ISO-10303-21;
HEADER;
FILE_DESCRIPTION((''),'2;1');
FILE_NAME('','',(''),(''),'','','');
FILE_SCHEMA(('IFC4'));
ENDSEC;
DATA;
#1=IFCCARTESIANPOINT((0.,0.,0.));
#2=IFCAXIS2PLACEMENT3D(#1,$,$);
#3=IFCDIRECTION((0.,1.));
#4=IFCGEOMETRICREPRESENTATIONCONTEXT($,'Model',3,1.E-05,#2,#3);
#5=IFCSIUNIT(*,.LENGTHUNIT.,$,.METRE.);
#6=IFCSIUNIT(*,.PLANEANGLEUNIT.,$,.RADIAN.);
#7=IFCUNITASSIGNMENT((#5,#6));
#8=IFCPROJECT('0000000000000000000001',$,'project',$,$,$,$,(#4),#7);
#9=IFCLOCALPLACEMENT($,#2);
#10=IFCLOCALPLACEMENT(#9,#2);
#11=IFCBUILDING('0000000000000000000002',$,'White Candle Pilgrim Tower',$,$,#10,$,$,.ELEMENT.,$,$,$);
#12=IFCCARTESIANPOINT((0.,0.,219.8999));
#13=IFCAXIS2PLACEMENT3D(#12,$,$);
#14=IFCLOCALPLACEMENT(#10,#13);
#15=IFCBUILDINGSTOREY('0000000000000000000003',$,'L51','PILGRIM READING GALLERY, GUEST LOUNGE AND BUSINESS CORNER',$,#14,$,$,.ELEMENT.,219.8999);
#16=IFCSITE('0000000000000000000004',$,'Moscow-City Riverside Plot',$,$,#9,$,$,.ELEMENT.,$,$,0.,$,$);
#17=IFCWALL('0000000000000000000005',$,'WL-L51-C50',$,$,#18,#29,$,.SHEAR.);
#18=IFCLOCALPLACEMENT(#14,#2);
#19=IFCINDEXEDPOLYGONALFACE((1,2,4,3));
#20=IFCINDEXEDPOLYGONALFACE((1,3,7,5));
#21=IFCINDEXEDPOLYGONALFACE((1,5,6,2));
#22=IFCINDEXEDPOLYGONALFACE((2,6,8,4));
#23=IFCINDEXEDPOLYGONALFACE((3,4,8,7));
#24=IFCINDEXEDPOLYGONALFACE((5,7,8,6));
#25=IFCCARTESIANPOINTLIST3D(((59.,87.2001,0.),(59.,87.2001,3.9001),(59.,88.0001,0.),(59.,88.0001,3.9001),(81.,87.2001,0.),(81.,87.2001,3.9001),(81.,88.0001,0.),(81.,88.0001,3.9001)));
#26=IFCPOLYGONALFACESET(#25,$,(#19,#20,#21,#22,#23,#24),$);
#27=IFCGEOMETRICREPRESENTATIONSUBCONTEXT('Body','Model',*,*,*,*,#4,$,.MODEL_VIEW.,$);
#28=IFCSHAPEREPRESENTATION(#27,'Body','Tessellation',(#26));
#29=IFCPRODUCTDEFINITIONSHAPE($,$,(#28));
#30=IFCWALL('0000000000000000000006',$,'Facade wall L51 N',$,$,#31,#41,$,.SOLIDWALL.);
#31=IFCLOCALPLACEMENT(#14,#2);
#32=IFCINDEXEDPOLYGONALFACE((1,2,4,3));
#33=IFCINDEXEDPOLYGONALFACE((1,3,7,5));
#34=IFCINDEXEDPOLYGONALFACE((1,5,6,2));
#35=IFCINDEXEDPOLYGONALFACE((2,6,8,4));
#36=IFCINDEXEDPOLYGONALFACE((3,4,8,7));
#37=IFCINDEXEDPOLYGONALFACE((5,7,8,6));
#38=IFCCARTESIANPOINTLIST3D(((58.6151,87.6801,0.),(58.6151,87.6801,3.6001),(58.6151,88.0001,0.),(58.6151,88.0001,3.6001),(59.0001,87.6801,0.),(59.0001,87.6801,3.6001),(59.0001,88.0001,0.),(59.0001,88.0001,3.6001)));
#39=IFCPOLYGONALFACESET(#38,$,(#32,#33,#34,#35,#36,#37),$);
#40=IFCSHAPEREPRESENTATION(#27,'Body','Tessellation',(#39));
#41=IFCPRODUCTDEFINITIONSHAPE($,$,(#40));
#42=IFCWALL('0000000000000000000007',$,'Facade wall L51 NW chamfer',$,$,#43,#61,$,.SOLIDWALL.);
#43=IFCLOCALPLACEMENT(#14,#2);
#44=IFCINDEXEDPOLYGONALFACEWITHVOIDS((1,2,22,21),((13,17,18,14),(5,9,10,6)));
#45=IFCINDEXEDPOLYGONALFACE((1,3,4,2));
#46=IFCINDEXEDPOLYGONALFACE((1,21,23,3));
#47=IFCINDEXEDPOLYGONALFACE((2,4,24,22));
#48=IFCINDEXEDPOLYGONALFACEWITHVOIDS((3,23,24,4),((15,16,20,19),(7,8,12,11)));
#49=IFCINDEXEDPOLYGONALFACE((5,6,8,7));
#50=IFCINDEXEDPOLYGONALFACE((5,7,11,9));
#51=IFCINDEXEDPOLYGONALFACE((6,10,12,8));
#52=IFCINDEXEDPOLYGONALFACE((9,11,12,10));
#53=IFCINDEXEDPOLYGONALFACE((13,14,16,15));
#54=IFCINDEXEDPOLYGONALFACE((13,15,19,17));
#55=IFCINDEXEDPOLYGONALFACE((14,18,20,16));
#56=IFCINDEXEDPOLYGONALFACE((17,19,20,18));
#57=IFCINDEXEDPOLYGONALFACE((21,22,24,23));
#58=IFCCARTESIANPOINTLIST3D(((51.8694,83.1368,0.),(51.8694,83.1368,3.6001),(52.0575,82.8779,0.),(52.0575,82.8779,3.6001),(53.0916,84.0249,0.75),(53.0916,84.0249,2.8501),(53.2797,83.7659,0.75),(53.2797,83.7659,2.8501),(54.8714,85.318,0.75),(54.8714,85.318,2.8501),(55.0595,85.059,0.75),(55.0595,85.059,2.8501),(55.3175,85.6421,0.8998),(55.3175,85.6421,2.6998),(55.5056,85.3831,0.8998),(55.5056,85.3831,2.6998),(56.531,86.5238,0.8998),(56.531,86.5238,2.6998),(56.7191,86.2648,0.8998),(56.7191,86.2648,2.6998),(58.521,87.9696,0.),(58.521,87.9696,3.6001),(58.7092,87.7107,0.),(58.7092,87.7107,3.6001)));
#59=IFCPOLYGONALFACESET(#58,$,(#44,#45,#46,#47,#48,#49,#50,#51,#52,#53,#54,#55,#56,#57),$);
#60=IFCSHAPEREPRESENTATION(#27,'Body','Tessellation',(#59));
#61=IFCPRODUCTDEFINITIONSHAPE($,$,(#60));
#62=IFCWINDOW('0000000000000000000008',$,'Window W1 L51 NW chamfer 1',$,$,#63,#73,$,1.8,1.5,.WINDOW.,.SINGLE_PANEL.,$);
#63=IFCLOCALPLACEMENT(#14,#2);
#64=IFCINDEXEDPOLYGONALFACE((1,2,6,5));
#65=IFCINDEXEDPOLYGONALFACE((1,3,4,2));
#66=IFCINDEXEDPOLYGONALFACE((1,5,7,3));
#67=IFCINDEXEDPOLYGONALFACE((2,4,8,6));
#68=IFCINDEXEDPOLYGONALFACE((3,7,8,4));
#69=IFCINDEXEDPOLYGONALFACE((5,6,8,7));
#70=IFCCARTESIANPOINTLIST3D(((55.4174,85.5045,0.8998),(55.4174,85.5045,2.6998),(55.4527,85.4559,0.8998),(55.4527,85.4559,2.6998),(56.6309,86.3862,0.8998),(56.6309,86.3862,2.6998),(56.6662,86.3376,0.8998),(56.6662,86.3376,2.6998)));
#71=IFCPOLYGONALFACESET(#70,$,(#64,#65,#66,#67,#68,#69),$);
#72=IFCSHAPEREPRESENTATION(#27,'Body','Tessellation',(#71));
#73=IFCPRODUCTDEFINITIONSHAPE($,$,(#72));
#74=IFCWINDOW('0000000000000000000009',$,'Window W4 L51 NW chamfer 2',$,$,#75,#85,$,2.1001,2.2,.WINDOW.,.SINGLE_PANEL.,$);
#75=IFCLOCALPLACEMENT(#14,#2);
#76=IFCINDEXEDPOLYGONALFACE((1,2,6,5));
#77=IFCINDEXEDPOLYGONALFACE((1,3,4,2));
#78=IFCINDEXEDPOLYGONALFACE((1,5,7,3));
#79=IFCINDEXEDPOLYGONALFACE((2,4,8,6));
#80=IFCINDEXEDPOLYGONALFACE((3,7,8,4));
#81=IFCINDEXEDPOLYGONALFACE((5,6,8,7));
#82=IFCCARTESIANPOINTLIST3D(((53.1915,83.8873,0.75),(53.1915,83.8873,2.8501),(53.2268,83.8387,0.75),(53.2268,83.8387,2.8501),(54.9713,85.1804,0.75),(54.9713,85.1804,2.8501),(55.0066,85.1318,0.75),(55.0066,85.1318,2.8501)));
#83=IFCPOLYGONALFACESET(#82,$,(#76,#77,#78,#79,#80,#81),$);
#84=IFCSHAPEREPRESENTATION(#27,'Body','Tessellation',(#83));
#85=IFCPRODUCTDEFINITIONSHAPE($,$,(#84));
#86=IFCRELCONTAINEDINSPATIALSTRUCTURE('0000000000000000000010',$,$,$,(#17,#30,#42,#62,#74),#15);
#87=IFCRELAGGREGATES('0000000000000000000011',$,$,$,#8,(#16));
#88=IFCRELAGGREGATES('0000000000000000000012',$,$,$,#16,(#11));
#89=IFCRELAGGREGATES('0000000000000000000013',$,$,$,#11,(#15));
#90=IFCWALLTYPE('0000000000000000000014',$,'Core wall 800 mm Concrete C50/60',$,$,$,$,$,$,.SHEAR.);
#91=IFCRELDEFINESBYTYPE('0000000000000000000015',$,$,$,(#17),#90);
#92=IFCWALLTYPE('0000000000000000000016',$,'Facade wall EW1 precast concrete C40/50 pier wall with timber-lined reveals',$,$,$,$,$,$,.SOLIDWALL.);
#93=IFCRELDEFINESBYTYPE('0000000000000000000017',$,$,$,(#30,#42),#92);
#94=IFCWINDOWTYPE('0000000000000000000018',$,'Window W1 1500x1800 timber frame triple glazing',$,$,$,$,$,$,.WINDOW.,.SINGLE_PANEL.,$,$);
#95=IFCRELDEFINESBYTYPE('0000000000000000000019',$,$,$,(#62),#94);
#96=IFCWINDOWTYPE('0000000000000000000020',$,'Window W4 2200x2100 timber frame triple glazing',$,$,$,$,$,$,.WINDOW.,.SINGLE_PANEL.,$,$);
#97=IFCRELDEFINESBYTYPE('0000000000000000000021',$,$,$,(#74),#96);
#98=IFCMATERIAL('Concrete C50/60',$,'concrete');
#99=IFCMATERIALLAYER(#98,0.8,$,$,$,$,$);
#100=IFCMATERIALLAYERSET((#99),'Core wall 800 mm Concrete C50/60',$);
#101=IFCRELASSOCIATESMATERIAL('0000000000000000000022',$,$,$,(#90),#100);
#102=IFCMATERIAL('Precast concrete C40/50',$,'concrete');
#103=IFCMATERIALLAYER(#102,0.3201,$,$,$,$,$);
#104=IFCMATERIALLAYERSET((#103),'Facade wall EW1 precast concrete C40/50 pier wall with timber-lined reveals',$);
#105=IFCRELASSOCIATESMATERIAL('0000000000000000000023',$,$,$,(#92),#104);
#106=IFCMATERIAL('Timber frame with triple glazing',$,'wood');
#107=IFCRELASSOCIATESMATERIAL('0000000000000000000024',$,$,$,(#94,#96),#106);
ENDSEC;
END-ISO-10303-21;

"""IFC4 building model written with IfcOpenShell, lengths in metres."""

from ifc_helpers import new_model, si_unit, direction, frame, frame_2d, origin, place, context, subcontext, project, spatial, rectangle, extrude, material, layer, layer_set, type_object, element, fill, save


model = new_model("IFC4")

# Units and contexts
model_context = context("Model", 3, precision=1e-05, world=origin(), true_north=direction((0.0, 1.0)))
body_context = subcontext(model_context, "Body", "Model", "MODEL_VIEW")
ifc_project = project(units=[si_unit("LENGTHUNIT", "METRE"), si_unit("PLANEANGLEUNIT", "RADIAN")], contexts=[model_context])

# Site, building, storey
site_placement = place(None, origin())
site = spatial("IfcSite", under=ifc_project, at=site_placement, Name="Moscow-City Riverside Plot", CompositionType="ELEMENT", RefElevation=0.0)
building_placement = place(site_placement, origin())
building = spatial("IfcBuilding", under=site, at=building_placement, Name="White Candle Pilgrim Tower", CompositionType="ELEMENT")
storey_placement = place(building_placement, frame((0.0, 0.0, 219.8999)))
storey = spatial("IfcBuildingStorey", under=building, at=storey_placement, Name="L51", Description="PILGRIM READING GALLERY, GUEST LOUNGE AND BUSINESS CORNER", CompositionType="ELEMENT", Elevation=219.8999)

# Shared definitions
ifc_material_1 = material(Name="Concrete C50/60", Category="concrete")

# Shared definitions
ifc_layer_1 = layer(ifc_material_1, 0.8)
ifc_layer_set_1 = layer_set([ifc_layer_1], Name="Core wall 800 mm Concrete C50/60")
wall_type_1 = type_object("IfcWallType", Name="Core wall 800 mm Concrete C50/60", PredefinedType="SHEAR", material=ifc_layer_set_1)

# Walls
wall_1_placement = place(storey_placement, frame((59.0, 87.6001, 0.0), z_axis=(0.0, 0.0, 1.0), x_axis=(1.0, 0.0, 0.0)))
element("IfcWall", 1, at=wall_1_placement, inside=storey, type_object=wall_type_1, Name="WL-L51-C50", PredefinedType="SHEAR", context=body_context, shape_type="SweptSolid", body=[
    extrude(rectangle(XDim=22.0, YDim=0.8, at=frame_2d((11.0, 0.0))), origin(), (0.0, 0.0, 1.0), 3.9001),
])
ifc_material_2 = material(Name="Precast concrete C40/50", Category="concrete")
ifc_layer_2 = layer(ifc_material_2, 0.3201)
ifc_layer_set_2 = layer_set([ifc_layer_2], Name="Facade wall EW1 precast concrete C40/50 pier wall with timber-lined reveals")
wall_type_2 = type_object("IfcWallType", Name="Facade wall EW1 precast concrete C40/50 pier wall with timber-lined reveals", PredefinedType="SOLIDWALL", material=ifc_layer_set_2)
wall_2_placement = place(storey_placement, frame((59.0, 87.8401, 0.0), z_axis=(0.0, 0.0, 1.0), x_axis=(-1.0, 0.0, 0.0)))
element("IfcWall", 2, at=wall_2_placement, inside=storey, type_object=wall_type_2, Name="Facade wall L51 N", PredefinedType="SOLIDWALL", context=body_context, shape_type="SweptSolid", body=[
    extrude(rectangle(XDim=0.385, YDim=0.3201, at=frame_2d((0.1924, 0.0))), origin(), (0.0, 0.0, 1.0), 3.6001),
])

# Wall, openings, windows
wall_3_placement = place(storey_placement, frame((58.615, 87.8401, 0.0), z_axis=(0.0, 0.0, 1.0), x_axis=(-0.809012, -0.587792, 0.0)))
wall_3 = element("IfcWall", 3, at=wall_3_placement, inside=storey, type_object=wall_type_2, Name="Facade wall L51 NW chamfer", PredefinedType="SOLIDWALL", context=body_context, shape_type="SweptSolid", body=[
    extrude(rectangle(XDim=8.2219, YDim=0.3201, at=frame_2d((4.1108, 0.0))), origin(), (0.0, 0.0, 1.0), 3.6001),
])
opening_1_placement = place(wall_3_placement, frame((2.4597, 0.0, 0.8999)))
opening_1 = element("IfcOpeningElement", 4, at=opening_1_placement, cuts=wall_3, PredefinedType="OPENING", context=body_context, shape_type="SweptSolid", body=[
    extrude(rectangle(XDim=1.5, YDim=1.8, at=frame_2d((0.75, 0.8999))), frame((0.0, 0.1699, 0.0), z_axis=(0.0, -1.0, 0.0), x_axis=(1.0, 0.0, 0.0)), (0.0, 0.0, 1.0), 0.3401),
])
opening_2_placement = place(wall_3_placement, frame((4.511, 0.0, 0.75)))
opening_2 = element("IfcOpeningElement", 5, at=opening_2_placement, cuts=wall_3, PredefinedType="OPENING", context=body_context, shape_type="SweptSolid", body=[
    extrude(rectangle(XDim=2.2, YDim=2.1001, at=frame_2d((1.1001, 1.05))), frame((0.0, 0.1699, 0.0), z_axis=(0.0, -1.0, 0.0), x_axis=(1.0, 0.0, 0.0)), (0.0, 0.0, 1.0), 0.3401),
])
ifc_material_3 = material(Name="Timber frame with triple glazing", Category="wood")
window_type_1 = type_object("IfcWindowType", Name="Window W1 1500x1800 timber frame triple glazing", PartitioningType="SINGLE_PANEL", PredefinedType="WINDOW", material=ifc_material_3)
window_1_placement = place(opening_1_placement, origin())
window_1 = element("IfcWindow", 6, at=window_1_placement, inside=storey, type_object=window_type_1, Name="Window W1 L51 NW chamfer 1", OverallHeight=1.8, OverallWidth=1.5, PartitioningType="SINGLE_PANEL", PredefinedType="WINDOW", context=body_context, shape_type="SweptSolid", body=[
    extrude(rectangle(XDim=1.5, YDim=1.8, at=frame_2d((0.75, 0.8999))), frame((0.0, 0.0701, 0.0), z_axis=(0.0, -1.0, 0.0), x_axis=(1.0, 0.0, 0.0)), (0.0, 0.0, 1.0), 0.0601),
])
fill(opening_1, window_1)
window_type_2 = type_object("IfcWindowType", Name="Window W4 2200x2100 timber frame triple glazing", PartitioningType="SINGLE_PANEL", PredefinedType="WINDOW", material=ifc_material_3)
window_2_placement = place(opening_2_placement, origin())
window_2 = element("IfcWindow", 7, at=window_2_placement, inside=storey, type_object=window_type_2, Name="Window W4 L51 NW chamfer 2", OverallHeight=2.1001, OverallWidth=2.2, PartitioningType="SINGLE_PANEL", PredefinedType="WINDOW", context=body_context, shape_type="SweptSolid", body=[
    extrude(rectangle(XDim=2.2, YDim=2.1001, at=frame_2d((1.1001, 1.05))), frame((0.0, 0.0701, 0.0), z_axis=(0.0, -1.0, 0.0), x_axis=(1.0, 0.0, 0.0)), (0.0, 0.0, 1.0), 0.0601),
])
fill(opening_2, window_2)

save(model, "model.ifc")
